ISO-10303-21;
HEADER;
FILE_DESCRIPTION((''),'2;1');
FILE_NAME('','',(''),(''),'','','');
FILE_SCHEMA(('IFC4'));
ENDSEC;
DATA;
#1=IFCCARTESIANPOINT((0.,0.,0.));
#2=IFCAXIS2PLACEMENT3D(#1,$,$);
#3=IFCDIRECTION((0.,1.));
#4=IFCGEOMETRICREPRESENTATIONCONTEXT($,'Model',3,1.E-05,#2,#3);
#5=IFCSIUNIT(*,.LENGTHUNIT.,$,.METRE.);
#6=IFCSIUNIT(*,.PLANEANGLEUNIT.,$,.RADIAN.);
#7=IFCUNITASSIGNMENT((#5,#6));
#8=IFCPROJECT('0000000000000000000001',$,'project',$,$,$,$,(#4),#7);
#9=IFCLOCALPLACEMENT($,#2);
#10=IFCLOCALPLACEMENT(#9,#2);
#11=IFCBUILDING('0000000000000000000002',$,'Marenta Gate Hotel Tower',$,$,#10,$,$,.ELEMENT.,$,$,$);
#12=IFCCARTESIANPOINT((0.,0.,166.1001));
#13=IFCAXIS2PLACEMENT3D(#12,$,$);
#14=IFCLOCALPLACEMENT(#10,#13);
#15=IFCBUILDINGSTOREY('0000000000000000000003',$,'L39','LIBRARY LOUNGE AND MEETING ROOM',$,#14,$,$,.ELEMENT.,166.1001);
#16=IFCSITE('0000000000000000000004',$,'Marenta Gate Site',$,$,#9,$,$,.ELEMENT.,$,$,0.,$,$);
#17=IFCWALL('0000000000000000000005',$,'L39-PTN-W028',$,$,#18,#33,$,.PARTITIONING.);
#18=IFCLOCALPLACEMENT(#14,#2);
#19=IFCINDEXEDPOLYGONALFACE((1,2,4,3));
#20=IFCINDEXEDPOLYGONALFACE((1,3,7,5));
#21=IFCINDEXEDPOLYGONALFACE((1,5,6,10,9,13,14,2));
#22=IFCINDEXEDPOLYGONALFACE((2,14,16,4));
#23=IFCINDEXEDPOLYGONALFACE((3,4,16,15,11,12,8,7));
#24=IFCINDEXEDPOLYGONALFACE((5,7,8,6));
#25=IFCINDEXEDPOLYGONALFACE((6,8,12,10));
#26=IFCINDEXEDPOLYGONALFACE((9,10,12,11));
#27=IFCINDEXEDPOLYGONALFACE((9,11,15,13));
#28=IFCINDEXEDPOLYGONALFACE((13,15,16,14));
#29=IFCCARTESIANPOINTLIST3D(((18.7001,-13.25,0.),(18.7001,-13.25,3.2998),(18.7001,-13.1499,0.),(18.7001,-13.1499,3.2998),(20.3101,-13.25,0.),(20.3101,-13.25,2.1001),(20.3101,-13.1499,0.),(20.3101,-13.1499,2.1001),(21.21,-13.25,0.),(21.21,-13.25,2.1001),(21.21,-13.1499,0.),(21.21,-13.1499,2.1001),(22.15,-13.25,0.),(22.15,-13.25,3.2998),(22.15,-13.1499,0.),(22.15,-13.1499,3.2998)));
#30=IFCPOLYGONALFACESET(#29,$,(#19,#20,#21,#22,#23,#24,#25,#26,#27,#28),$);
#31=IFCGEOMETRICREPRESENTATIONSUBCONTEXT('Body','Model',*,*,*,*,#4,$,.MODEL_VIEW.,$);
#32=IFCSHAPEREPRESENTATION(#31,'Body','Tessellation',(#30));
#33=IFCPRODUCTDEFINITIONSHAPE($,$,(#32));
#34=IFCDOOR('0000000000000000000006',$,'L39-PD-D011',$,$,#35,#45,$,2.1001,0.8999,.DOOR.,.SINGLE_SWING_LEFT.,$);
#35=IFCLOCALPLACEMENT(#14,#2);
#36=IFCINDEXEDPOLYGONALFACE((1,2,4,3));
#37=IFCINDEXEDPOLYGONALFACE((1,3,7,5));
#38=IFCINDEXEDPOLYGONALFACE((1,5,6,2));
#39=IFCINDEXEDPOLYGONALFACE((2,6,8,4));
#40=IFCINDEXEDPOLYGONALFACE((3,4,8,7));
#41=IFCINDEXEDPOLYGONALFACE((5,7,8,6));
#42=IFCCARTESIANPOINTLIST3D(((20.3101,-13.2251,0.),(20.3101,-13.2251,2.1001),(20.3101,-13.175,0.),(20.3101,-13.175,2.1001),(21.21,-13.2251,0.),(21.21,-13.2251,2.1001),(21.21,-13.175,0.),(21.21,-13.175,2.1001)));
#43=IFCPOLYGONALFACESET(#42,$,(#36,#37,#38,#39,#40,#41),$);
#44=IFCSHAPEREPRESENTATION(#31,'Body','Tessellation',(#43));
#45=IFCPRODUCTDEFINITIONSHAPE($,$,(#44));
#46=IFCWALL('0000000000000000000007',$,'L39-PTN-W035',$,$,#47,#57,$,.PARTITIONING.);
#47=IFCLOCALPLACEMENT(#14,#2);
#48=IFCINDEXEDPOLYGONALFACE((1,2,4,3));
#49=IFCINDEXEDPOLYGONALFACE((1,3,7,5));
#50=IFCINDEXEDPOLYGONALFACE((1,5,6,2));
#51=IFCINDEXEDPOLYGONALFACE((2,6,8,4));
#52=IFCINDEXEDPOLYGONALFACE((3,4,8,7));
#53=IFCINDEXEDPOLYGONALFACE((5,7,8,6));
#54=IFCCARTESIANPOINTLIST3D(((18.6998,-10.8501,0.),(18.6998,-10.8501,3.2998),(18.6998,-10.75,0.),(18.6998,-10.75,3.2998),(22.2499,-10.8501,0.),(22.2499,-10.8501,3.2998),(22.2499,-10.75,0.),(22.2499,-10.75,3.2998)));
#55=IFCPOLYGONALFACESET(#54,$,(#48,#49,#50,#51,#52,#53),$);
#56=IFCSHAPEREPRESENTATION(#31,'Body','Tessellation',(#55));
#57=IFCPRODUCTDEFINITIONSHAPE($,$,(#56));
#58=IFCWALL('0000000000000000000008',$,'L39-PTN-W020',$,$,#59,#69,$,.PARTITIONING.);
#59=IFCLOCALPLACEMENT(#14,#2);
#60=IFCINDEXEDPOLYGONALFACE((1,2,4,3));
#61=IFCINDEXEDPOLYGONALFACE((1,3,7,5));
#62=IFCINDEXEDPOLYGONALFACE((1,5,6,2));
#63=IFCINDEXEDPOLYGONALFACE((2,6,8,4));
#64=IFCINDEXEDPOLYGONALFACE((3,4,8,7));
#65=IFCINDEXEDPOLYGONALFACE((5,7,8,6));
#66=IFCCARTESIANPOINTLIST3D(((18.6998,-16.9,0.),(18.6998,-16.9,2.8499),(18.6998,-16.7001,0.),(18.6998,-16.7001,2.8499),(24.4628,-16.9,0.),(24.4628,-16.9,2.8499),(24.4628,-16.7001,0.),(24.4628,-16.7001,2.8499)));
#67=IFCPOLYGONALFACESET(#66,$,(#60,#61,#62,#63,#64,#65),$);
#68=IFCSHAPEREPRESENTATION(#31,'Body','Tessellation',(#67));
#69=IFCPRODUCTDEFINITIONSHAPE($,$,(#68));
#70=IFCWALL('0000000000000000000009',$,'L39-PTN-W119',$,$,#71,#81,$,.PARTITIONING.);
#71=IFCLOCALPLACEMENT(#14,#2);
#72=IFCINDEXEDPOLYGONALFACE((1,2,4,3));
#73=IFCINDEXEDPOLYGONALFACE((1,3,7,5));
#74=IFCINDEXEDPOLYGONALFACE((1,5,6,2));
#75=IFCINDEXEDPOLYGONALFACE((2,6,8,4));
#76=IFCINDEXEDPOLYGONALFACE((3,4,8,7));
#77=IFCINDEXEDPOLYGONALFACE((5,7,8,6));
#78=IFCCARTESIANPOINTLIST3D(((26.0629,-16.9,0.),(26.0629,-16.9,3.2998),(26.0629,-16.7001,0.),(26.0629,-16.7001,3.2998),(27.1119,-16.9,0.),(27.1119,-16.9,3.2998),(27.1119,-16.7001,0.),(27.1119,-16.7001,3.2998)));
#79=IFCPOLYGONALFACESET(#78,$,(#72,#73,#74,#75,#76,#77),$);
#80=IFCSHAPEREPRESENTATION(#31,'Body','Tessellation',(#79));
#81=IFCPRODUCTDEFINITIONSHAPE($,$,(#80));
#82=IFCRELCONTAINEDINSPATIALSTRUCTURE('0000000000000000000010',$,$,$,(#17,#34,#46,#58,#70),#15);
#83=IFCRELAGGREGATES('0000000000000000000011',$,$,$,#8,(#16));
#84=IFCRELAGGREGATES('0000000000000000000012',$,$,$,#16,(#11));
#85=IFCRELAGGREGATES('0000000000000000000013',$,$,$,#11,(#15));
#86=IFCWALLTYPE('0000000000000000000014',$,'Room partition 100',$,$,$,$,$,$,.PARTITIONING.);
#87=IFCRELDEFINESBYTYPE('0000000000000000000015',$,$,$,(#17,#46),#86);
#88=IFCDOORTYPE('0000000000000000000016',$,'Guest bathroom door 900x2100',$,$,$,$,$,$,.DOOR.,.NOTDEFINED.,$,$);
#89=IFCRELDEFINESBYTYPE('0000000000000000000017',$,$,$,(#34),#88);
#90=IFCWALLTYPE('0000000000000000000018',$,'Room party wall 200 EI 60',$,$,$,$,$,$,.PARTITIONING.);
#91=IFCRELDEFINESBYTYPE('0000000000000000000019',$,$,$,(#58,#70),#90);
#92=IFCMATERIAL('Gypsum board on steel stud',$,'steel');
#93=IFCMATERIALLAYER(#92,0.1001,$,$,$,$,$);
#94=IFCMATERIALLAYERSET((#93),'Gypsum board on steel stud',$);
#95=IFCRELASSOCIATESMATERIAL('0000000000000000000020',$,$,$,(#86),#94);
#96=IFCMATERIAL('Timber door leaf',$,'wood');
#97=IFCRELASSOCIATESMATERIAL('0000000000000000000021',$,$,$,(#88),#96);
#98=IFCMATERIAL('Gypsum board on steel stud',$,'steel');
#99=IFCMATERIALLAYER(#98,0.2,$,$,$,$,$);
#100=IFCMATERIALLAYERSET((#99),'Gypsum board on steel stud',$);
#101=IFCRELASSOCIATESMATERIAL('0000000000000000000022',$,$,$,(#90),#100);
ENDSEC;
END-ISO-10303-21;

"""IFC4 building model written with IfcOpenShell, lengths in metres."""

from ifc_helpers import new_model, si_unit, direction, frame, frame_2d, origin, place, context, subcontext, project, spatial, rectangle, extrude, material, layer, layer_set, type_object, element, fill, save


model = new_model("IFC4")

# Units and contexts
model_context = context("Model", 3, precision=1e-05, world=origin(), true_north=direction((0.0, 1.0)))
body_context = subcontext(model_context, "Body", "Model", "MODEL_VIEW")
ifc_project = project(units=[si_unit("LENGTHUNIT", "METRE"), si_unit("PLANEANGLEUNIT", "RADIAN")], contexts=[model_context])

# Site, building, storey
site_placement = place(None, origin())
site = spatial("IfcSite", under=ifc_project, at=site_placement, Name="Marenta Gate Site", CompositionType="ELEMENT", RefElevation=0.0)
building_placement = place(site_placement, origin())
building = spatial("IfcBuilding", under=site, at=building_placement, Name="Marenta Gate Hotel Tower", CompositionType="ELEMENT")
storey_placement = place(building_placement, frame((0.0, 0.0, 166.1001)))
storey = spatial("IfcBuildingStorey", under=building, at=storey_placement, Name="L39", Description="LIBRARY LOUNGE AND MEETING ROOM", CompositionType="ELEMENT", Elevation=166.1001)

# Shared definitions
ifc_material_1 = material(Name="Gypsum board on steel stud", Category="steel")
ifc_layer_1 = layer(ifc_material_1, 0.1001)
ifc_layer_set_1 = layer_set([ifc_layer_1], Name="Gypsum board on steel stud")
wall_type_1 = type_object("IfcWallType", Name="Room partition 100", PredefinedType="PARTITIONING", material=ifc_layer_set_1)

# Wall, opening, door
wall_1_placement = place(storey_placement, frame((18.7, -13.2, 0.0), z_axis=(0.0, 0.0, 1.0), x_axis=(1.0, 0.0, 0.0)))
wall_1 = element("IfcWall", 1, at=wall_1_placement, inside=storey, type_object=wall_type_1, Name="L39-PTN-W028", PredefinedType="PARTITIONING", context=body_context, shape_type="SweptSolid", body=[
    extrude(rectangle(XDim=3.45, YDim=0.1001, at=frame_2d((1.7251, 0.0))), origin(), (0.0, 0.0, 1.0), 3.2998),
])
opening_placement = place(wall_1_placement, frame((1.6101, 0.0, 0.0)))
opening = element("IfcOpeningElement", 2, at=opening_placement, cuts=wall_1, PredefinedType="OPENING", context=body_context, shape_type="SweptSolid", body=[
    extrude(rectangle(XDim=0.8999, YDim=2.1001, at=frame_2d((0.45, 1.05))), frame((0.0, 0.05, 0.0), z_axis=(0.0, -1.0, 0.0), x_axis=(1.0, 0.0, 0.0)), (0.0, 0.0, 1.0), 0.1001),
])
ifc_material_2 = material(Name="Timber door leaf", Category="wood")
door_type = type_object("IfcDoorType", Name="Guest bathroom door 900x2100", OperationType="NOTDEFINED", PredefinedType="DOOR", material=ifc_material_2)
door_placement = place(opening_placement, origin())
door = element("IfcDoor", 3, at=door_placement, inside=storey, type_object=door_type, Name="L39-PD-D011", OperationType="SINGLE_SWING_LEFT", OverallHeight=2.1001, OverallWidth=0.8999, PredefinedType="DOOR", context=body_context, shape_type="SweptSolid", body=[
    extrude(rectangle(XDim=0.8999, YDim=2.1001, at=frame_2d((0.45, 1.05))), frame((0.0, 0.0249, 0.0), z_axis=(0.0, -1.0, 0.0), x_axis=(1.0, 0.0, 0.0)), (0.0, 0.0, 1.0), 0.05),
])
fill(opening, door)

# Walls
wall_2_placement = place(storey_placement, frame((18.7, -10.8, 0.0), z_axis=(0.0, 0.0, 1.0), x_axis=(1.0, 0.0, 0.0)))
element("IfcWall", 4, at=wall_2_placement, inside=storey, type_object=wall_type_1, Name="L39-PTN-W035", PredefinedType="PARTITIONING", context=body_context, shape_type="SweptSolid", body=[
    extrude(rectangle(XDim=3.55, YDim=0.1001, at=frame_2d((1.7749, 0.0))), origin(), (0.0, 0.0, 1.0), 3.2998),
])
ifc_material_3 = material(Name="Gypsum board on steel stud", Category="steel")
ifc_layer_2 = layer(ifc_material_3, 0.2)
ifc_layer_set_2 = layer_set([ifc_layer_2], Name="Gypsum board on steel stud")
wall_type_2 = type_object("IfcWallType", Name="Room party wall 200 EI 60", PredefinedType="PARTITIONING", material=ifc_layer_set_2)
wall_3_placement = place(storey_placement, frame((18.7, -16.8, 0.0), z_axis=(0.0, 0.0, 1.0), x_axis=(1.0, 0.0, 0.0)))
element("IfcWall", 5, at=wall_3_placement, inside=storey, type_object=wall_type_2, Name="L39-PTN-W020", PredefinedType="PARTITIONING", context=body_context, shape_type="SweptSolid", body=[
    extrude(rectangle(XDim=5.7629, YDim=0.2, at=frame_2d((2.8813, 0.0))), origin(), (0.0, 0.0, 1.0), 2.8499),
])
wall_4_placement = place(storey_placement, frame((26.063, -16.8, 0.0), z_axis=(0.0, 0.0, 1.0), x_axis=(1.0, 0.0, 0.0)))
element("IfcWall", 6, at=wall_4_placement, inside=storey, type_object=wall_type_2, Name="L39-PTN-W119", PredefinedType="PARTITIONING", context=body_context, shape_type="SweptSolid", body=[
    extrude(rectangle(XDim=1.0491, YDim=0.2, at=frame_2d((0.5244, 0.0))), origin(), (0.0, 0.0, 1.0), 3.2998),
])

save(model, "model.ifc")
